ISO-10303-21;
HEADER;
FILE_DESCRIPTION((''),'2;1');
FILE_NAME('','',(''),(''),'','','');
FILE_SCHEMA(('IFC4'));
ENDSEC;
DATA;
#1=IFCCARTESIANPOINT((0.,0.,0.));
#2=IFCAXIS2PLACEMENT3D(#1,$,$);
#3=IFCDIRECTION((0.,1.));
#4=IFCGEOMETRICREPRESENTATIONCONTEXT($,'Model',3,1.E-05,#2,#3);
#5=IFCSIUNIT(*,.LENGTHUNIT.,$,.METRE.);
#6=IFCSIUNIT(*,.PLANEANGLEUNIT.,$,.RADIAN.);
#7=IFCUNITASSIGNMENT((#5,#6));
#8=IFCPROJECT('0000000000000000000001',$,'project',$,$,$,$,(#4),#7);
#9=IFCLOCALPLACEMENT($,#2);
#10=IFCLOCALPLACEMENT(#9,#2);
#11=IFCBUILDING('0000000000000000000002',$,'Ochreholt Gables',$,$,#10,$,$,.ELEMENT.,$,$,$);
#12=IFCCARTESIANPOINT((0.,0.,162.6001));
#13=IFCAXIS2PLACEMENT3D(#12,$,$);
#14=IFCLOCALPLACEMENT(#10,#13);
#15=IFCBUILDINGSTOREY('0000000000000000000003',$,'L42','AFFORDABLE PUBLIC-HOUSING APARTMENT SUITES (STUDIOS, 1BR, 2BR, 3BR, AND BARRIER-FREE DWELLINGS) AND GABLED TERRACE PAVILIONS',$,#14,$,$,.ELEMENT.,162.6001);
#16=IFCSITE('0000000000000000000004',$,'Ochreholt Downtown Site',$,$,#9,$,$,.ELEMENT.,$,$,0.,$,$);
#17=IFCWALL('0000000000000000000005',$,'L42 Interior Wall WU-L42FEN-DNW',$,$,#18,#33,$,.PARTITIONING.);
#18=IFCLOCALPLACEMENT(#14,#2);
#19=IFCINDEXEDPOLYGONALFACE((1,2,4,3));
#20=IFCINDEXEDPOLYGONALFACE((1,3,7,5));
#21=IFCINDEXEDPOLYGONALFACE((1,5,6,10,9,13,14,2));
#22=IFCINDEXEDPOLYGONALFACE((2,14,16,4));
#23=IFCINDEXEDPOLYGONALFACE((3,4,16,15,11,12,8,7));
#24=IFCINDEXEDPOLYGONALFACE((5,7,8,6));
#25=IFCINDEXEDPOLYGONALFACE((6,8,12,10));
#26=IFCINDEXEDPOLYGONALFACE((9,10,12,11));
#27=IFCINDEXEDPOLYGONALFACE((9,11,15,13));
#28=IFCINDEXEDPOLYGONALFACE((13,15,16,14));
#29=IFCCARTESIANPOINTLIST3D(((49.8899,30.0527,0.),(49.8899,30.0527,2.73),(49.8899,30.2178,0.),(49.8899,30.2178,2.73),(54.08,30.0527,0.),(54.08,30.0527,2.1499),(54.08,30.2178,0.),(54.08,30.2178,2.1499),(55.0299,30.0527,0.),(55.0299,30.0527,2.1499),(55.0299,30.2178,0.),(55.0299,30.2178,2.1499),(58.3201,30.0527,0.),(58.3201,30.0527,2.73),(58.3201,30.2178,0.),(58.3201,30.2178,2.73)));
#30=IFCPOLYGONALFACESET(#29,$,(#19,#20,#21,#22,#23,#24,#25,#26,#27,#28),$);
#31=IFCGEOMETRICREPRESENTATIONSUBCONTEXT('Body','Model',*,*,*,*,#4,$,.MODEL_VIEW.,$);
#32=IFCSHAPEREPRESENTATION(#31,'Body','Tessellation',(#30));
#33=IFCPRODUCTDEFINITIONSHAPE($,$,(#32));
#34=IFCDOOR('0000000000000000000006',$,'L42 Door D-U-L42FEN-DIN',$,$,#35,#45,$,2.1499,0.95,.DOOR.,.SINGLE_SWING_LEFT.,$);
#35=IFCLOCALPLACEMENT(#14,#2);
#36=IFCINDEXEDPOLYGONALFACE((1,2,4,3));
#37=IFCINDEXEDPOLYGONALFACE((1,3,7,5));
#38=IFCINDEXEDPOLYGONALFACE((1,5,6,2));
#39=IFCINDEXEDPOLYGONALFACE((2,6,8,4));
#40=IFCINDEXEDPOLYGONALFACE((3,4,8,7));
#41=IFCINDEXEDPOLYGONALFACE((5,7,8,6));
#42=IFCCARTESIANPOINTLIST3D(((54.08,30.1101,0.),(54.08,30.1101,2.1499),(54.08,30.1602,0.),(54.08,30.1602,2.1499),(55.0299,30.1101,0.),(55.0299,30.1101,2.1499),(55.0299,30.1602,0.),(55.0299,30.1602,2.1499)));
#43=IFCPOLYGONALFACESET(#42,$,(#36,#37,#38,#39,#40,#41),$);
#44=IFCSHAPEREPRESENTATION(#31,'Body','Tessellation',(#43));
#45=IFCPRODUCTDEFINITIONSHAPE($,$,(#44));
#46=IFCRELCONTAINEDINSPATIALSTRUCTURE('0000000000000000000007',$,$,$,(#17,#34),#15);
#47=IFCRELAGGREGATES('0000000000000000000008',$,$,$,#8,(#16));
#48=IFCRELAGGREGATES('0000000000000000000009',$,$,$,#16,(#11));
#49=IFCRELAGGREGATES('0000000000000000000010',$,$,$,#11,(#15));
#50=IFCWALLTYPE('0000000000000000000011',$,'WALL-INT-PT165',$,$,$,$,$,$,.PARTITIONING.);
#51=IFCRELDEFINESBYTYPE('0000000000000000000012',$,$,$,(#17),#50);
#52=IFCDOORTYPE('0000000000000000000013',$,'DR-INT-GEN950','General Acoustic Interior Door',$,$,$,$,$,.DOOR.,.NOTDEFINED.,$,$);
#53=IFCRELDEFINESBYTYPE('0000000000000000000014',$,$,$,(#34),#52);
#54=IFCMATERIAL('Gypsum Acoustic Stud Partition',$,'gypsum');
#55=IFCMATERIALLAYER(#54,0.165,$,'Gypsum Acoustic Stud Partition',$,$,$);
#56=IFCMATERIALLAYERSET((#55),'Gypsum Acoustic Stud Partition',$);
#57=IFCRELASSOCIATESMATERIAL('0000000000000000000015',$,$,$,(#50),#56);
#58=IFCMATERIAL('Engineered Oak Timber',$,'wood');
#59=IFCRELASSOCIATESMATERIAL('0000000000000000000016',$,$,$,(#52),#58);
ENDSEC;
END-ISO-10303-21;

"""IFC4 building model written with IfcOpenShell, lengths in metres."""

from ifc_helpers import new_model, si_unit, direction, frame, frame_2d, origin, place, context, subcontext, project, spatial, rectangle, extrude, material, layer, layer_set, type_object, element, fill, save


model = new_model("IFC4")

# Units and contexts
model_context = context("Model", 3, precision=1e-05, world=origin(), true_north=direction((0.0, 1.0)))
body_context = subcontext(model_context, "Body", "Model", "MODEL_VIEW")
ifc_project = project(units=[si_unit("LENGTHUNIT", "METRE"), si_unit("PLANEANGLEUNIT", "RADIAN")], contexts=[model_context])

# Site, building, storey
site_placement = place(None, origin())
site = spatial("IfcSite", under=ifc_project, at=site_placement, Name="Ochreholt Downtown Site", CompositionType="ELEMENT", RefElevation=0.0)
building_placement = place(site_placement, origin())
building = spatial("IfcBuilding", under=site, at=building_placement, Name="Ochreholt Gables", CompositionType="ELEMENT")
storey_placement = place(building_placement, frame((0.0, 0.0, 162.6001)))
storey = spatial("IfcBuildingStorey", under=building, at=storey_placement, Name="L42", Description="AFFORDABLE PUBLIC-HOUSING APARTMENT SUITES (STUDIOS, 1BR, 2BR, 3BR, AND BARRIER-FREE DWELLINGS) AND GABLED TERRACE PAVILIONS", CompositionType="ELEMENT", Elevation=162.6001)

# Shared definitions
ifc_material_1 = material(Name="Engineered Oak Timber", Category="wood")

# Wall, opening, door
ifc_material_2 = material(Name="Gypsum Acoustic Stud Partition", Category="gypsum")
ifc_layer_1 = layer(ifc_material_2, 0.165, Name="Gypsum Acoustic Stud Partition")
ifc_layer_set_1 = layer_set([ifc_layer_1], Name="Gypsum Acoustic Stud Partition")
wall_type_1 = type_object("IfcWallType", Name="WALL-INT-PT165", PredefinedType="PARTITIONING", material=ifc_layer_set_1)
wall_1_placement = place(storey_placement, frame((49.8899, 30.1353, 0.0), z_axis=(0.0, 0.0, 1.0), x_axis=(1.0, 0.0, 0.0)))
wall_1 = element("IfcWall", 1, at=wall_1_placement, inside=storey, type_object=wall_type_1, Name="L42 Interior Wall WU-L42FEN-DNW", PredefinedType="PARTITIONING", context=body_context, shape_type="SweptSolid", body=[
    extrude(rectangle(XDim=8.4302, YDim=0.165, at=frame_2d((4.2151, 0.0))), origin(), (0.0, 0.0, 1.0), 2.73),
])
opening_1_placement = place(wall_1_placement, frame((4.1899, 0.0, 0.0)))
opening_1 = element("IfcOpeningElement", 2, at=opening_1_placement, cuts=wall_1, PredefinedType="OPENING", context=body_context, shape_type="SweptSolid", body=[
    extrude(rectangle(XDim=0.95, YDim=2.1499, at=frame_2d((0.4751, 1.075))), frame((0.0, 0.0925, 0.0), z_axis=(0.0, -1.0, 0.0), x_axis=(1.0, 0.0, 0.0)), (0.0, 0.0, 1.0), 0.1851),
])
door_type_1 = type_object("IfcDoorType", Name="DR-INT-GEN950", Description="General Acoustic Interior Door", OperationType="NOTDEFINED", PredefinedType="DOOR", material=ifc_material_1)
door_1_placement = place(opening_1_placement, origin())
door_1 = element("IfcDoor", 3, at=door_1_placement, inside=storey, type_object=door_type_1, Name="L42 Door D-U-L42FEN-DIN", OperationType="SINGLE_SWING_LEFT", OverallHeight=2.1499, OverallWidth=0.95, PredefinedType="DOOR", context=body_context, shape_type="SweptSolid", body=[
    extrude(rectangle(XDim=0.95, YDim=2.1499, at=frame_2d((0.4751, 1.075))), frame((0.0, 0.0249, 0.0), z_axis=(0.0, -1.0, 0.0), x_axis=(1.0, 0.0, 0.0)), (0.0, 0.0, 1.0), 0.05),
])
fill(opening_1, door_1)

save(model, "model.ifc")
